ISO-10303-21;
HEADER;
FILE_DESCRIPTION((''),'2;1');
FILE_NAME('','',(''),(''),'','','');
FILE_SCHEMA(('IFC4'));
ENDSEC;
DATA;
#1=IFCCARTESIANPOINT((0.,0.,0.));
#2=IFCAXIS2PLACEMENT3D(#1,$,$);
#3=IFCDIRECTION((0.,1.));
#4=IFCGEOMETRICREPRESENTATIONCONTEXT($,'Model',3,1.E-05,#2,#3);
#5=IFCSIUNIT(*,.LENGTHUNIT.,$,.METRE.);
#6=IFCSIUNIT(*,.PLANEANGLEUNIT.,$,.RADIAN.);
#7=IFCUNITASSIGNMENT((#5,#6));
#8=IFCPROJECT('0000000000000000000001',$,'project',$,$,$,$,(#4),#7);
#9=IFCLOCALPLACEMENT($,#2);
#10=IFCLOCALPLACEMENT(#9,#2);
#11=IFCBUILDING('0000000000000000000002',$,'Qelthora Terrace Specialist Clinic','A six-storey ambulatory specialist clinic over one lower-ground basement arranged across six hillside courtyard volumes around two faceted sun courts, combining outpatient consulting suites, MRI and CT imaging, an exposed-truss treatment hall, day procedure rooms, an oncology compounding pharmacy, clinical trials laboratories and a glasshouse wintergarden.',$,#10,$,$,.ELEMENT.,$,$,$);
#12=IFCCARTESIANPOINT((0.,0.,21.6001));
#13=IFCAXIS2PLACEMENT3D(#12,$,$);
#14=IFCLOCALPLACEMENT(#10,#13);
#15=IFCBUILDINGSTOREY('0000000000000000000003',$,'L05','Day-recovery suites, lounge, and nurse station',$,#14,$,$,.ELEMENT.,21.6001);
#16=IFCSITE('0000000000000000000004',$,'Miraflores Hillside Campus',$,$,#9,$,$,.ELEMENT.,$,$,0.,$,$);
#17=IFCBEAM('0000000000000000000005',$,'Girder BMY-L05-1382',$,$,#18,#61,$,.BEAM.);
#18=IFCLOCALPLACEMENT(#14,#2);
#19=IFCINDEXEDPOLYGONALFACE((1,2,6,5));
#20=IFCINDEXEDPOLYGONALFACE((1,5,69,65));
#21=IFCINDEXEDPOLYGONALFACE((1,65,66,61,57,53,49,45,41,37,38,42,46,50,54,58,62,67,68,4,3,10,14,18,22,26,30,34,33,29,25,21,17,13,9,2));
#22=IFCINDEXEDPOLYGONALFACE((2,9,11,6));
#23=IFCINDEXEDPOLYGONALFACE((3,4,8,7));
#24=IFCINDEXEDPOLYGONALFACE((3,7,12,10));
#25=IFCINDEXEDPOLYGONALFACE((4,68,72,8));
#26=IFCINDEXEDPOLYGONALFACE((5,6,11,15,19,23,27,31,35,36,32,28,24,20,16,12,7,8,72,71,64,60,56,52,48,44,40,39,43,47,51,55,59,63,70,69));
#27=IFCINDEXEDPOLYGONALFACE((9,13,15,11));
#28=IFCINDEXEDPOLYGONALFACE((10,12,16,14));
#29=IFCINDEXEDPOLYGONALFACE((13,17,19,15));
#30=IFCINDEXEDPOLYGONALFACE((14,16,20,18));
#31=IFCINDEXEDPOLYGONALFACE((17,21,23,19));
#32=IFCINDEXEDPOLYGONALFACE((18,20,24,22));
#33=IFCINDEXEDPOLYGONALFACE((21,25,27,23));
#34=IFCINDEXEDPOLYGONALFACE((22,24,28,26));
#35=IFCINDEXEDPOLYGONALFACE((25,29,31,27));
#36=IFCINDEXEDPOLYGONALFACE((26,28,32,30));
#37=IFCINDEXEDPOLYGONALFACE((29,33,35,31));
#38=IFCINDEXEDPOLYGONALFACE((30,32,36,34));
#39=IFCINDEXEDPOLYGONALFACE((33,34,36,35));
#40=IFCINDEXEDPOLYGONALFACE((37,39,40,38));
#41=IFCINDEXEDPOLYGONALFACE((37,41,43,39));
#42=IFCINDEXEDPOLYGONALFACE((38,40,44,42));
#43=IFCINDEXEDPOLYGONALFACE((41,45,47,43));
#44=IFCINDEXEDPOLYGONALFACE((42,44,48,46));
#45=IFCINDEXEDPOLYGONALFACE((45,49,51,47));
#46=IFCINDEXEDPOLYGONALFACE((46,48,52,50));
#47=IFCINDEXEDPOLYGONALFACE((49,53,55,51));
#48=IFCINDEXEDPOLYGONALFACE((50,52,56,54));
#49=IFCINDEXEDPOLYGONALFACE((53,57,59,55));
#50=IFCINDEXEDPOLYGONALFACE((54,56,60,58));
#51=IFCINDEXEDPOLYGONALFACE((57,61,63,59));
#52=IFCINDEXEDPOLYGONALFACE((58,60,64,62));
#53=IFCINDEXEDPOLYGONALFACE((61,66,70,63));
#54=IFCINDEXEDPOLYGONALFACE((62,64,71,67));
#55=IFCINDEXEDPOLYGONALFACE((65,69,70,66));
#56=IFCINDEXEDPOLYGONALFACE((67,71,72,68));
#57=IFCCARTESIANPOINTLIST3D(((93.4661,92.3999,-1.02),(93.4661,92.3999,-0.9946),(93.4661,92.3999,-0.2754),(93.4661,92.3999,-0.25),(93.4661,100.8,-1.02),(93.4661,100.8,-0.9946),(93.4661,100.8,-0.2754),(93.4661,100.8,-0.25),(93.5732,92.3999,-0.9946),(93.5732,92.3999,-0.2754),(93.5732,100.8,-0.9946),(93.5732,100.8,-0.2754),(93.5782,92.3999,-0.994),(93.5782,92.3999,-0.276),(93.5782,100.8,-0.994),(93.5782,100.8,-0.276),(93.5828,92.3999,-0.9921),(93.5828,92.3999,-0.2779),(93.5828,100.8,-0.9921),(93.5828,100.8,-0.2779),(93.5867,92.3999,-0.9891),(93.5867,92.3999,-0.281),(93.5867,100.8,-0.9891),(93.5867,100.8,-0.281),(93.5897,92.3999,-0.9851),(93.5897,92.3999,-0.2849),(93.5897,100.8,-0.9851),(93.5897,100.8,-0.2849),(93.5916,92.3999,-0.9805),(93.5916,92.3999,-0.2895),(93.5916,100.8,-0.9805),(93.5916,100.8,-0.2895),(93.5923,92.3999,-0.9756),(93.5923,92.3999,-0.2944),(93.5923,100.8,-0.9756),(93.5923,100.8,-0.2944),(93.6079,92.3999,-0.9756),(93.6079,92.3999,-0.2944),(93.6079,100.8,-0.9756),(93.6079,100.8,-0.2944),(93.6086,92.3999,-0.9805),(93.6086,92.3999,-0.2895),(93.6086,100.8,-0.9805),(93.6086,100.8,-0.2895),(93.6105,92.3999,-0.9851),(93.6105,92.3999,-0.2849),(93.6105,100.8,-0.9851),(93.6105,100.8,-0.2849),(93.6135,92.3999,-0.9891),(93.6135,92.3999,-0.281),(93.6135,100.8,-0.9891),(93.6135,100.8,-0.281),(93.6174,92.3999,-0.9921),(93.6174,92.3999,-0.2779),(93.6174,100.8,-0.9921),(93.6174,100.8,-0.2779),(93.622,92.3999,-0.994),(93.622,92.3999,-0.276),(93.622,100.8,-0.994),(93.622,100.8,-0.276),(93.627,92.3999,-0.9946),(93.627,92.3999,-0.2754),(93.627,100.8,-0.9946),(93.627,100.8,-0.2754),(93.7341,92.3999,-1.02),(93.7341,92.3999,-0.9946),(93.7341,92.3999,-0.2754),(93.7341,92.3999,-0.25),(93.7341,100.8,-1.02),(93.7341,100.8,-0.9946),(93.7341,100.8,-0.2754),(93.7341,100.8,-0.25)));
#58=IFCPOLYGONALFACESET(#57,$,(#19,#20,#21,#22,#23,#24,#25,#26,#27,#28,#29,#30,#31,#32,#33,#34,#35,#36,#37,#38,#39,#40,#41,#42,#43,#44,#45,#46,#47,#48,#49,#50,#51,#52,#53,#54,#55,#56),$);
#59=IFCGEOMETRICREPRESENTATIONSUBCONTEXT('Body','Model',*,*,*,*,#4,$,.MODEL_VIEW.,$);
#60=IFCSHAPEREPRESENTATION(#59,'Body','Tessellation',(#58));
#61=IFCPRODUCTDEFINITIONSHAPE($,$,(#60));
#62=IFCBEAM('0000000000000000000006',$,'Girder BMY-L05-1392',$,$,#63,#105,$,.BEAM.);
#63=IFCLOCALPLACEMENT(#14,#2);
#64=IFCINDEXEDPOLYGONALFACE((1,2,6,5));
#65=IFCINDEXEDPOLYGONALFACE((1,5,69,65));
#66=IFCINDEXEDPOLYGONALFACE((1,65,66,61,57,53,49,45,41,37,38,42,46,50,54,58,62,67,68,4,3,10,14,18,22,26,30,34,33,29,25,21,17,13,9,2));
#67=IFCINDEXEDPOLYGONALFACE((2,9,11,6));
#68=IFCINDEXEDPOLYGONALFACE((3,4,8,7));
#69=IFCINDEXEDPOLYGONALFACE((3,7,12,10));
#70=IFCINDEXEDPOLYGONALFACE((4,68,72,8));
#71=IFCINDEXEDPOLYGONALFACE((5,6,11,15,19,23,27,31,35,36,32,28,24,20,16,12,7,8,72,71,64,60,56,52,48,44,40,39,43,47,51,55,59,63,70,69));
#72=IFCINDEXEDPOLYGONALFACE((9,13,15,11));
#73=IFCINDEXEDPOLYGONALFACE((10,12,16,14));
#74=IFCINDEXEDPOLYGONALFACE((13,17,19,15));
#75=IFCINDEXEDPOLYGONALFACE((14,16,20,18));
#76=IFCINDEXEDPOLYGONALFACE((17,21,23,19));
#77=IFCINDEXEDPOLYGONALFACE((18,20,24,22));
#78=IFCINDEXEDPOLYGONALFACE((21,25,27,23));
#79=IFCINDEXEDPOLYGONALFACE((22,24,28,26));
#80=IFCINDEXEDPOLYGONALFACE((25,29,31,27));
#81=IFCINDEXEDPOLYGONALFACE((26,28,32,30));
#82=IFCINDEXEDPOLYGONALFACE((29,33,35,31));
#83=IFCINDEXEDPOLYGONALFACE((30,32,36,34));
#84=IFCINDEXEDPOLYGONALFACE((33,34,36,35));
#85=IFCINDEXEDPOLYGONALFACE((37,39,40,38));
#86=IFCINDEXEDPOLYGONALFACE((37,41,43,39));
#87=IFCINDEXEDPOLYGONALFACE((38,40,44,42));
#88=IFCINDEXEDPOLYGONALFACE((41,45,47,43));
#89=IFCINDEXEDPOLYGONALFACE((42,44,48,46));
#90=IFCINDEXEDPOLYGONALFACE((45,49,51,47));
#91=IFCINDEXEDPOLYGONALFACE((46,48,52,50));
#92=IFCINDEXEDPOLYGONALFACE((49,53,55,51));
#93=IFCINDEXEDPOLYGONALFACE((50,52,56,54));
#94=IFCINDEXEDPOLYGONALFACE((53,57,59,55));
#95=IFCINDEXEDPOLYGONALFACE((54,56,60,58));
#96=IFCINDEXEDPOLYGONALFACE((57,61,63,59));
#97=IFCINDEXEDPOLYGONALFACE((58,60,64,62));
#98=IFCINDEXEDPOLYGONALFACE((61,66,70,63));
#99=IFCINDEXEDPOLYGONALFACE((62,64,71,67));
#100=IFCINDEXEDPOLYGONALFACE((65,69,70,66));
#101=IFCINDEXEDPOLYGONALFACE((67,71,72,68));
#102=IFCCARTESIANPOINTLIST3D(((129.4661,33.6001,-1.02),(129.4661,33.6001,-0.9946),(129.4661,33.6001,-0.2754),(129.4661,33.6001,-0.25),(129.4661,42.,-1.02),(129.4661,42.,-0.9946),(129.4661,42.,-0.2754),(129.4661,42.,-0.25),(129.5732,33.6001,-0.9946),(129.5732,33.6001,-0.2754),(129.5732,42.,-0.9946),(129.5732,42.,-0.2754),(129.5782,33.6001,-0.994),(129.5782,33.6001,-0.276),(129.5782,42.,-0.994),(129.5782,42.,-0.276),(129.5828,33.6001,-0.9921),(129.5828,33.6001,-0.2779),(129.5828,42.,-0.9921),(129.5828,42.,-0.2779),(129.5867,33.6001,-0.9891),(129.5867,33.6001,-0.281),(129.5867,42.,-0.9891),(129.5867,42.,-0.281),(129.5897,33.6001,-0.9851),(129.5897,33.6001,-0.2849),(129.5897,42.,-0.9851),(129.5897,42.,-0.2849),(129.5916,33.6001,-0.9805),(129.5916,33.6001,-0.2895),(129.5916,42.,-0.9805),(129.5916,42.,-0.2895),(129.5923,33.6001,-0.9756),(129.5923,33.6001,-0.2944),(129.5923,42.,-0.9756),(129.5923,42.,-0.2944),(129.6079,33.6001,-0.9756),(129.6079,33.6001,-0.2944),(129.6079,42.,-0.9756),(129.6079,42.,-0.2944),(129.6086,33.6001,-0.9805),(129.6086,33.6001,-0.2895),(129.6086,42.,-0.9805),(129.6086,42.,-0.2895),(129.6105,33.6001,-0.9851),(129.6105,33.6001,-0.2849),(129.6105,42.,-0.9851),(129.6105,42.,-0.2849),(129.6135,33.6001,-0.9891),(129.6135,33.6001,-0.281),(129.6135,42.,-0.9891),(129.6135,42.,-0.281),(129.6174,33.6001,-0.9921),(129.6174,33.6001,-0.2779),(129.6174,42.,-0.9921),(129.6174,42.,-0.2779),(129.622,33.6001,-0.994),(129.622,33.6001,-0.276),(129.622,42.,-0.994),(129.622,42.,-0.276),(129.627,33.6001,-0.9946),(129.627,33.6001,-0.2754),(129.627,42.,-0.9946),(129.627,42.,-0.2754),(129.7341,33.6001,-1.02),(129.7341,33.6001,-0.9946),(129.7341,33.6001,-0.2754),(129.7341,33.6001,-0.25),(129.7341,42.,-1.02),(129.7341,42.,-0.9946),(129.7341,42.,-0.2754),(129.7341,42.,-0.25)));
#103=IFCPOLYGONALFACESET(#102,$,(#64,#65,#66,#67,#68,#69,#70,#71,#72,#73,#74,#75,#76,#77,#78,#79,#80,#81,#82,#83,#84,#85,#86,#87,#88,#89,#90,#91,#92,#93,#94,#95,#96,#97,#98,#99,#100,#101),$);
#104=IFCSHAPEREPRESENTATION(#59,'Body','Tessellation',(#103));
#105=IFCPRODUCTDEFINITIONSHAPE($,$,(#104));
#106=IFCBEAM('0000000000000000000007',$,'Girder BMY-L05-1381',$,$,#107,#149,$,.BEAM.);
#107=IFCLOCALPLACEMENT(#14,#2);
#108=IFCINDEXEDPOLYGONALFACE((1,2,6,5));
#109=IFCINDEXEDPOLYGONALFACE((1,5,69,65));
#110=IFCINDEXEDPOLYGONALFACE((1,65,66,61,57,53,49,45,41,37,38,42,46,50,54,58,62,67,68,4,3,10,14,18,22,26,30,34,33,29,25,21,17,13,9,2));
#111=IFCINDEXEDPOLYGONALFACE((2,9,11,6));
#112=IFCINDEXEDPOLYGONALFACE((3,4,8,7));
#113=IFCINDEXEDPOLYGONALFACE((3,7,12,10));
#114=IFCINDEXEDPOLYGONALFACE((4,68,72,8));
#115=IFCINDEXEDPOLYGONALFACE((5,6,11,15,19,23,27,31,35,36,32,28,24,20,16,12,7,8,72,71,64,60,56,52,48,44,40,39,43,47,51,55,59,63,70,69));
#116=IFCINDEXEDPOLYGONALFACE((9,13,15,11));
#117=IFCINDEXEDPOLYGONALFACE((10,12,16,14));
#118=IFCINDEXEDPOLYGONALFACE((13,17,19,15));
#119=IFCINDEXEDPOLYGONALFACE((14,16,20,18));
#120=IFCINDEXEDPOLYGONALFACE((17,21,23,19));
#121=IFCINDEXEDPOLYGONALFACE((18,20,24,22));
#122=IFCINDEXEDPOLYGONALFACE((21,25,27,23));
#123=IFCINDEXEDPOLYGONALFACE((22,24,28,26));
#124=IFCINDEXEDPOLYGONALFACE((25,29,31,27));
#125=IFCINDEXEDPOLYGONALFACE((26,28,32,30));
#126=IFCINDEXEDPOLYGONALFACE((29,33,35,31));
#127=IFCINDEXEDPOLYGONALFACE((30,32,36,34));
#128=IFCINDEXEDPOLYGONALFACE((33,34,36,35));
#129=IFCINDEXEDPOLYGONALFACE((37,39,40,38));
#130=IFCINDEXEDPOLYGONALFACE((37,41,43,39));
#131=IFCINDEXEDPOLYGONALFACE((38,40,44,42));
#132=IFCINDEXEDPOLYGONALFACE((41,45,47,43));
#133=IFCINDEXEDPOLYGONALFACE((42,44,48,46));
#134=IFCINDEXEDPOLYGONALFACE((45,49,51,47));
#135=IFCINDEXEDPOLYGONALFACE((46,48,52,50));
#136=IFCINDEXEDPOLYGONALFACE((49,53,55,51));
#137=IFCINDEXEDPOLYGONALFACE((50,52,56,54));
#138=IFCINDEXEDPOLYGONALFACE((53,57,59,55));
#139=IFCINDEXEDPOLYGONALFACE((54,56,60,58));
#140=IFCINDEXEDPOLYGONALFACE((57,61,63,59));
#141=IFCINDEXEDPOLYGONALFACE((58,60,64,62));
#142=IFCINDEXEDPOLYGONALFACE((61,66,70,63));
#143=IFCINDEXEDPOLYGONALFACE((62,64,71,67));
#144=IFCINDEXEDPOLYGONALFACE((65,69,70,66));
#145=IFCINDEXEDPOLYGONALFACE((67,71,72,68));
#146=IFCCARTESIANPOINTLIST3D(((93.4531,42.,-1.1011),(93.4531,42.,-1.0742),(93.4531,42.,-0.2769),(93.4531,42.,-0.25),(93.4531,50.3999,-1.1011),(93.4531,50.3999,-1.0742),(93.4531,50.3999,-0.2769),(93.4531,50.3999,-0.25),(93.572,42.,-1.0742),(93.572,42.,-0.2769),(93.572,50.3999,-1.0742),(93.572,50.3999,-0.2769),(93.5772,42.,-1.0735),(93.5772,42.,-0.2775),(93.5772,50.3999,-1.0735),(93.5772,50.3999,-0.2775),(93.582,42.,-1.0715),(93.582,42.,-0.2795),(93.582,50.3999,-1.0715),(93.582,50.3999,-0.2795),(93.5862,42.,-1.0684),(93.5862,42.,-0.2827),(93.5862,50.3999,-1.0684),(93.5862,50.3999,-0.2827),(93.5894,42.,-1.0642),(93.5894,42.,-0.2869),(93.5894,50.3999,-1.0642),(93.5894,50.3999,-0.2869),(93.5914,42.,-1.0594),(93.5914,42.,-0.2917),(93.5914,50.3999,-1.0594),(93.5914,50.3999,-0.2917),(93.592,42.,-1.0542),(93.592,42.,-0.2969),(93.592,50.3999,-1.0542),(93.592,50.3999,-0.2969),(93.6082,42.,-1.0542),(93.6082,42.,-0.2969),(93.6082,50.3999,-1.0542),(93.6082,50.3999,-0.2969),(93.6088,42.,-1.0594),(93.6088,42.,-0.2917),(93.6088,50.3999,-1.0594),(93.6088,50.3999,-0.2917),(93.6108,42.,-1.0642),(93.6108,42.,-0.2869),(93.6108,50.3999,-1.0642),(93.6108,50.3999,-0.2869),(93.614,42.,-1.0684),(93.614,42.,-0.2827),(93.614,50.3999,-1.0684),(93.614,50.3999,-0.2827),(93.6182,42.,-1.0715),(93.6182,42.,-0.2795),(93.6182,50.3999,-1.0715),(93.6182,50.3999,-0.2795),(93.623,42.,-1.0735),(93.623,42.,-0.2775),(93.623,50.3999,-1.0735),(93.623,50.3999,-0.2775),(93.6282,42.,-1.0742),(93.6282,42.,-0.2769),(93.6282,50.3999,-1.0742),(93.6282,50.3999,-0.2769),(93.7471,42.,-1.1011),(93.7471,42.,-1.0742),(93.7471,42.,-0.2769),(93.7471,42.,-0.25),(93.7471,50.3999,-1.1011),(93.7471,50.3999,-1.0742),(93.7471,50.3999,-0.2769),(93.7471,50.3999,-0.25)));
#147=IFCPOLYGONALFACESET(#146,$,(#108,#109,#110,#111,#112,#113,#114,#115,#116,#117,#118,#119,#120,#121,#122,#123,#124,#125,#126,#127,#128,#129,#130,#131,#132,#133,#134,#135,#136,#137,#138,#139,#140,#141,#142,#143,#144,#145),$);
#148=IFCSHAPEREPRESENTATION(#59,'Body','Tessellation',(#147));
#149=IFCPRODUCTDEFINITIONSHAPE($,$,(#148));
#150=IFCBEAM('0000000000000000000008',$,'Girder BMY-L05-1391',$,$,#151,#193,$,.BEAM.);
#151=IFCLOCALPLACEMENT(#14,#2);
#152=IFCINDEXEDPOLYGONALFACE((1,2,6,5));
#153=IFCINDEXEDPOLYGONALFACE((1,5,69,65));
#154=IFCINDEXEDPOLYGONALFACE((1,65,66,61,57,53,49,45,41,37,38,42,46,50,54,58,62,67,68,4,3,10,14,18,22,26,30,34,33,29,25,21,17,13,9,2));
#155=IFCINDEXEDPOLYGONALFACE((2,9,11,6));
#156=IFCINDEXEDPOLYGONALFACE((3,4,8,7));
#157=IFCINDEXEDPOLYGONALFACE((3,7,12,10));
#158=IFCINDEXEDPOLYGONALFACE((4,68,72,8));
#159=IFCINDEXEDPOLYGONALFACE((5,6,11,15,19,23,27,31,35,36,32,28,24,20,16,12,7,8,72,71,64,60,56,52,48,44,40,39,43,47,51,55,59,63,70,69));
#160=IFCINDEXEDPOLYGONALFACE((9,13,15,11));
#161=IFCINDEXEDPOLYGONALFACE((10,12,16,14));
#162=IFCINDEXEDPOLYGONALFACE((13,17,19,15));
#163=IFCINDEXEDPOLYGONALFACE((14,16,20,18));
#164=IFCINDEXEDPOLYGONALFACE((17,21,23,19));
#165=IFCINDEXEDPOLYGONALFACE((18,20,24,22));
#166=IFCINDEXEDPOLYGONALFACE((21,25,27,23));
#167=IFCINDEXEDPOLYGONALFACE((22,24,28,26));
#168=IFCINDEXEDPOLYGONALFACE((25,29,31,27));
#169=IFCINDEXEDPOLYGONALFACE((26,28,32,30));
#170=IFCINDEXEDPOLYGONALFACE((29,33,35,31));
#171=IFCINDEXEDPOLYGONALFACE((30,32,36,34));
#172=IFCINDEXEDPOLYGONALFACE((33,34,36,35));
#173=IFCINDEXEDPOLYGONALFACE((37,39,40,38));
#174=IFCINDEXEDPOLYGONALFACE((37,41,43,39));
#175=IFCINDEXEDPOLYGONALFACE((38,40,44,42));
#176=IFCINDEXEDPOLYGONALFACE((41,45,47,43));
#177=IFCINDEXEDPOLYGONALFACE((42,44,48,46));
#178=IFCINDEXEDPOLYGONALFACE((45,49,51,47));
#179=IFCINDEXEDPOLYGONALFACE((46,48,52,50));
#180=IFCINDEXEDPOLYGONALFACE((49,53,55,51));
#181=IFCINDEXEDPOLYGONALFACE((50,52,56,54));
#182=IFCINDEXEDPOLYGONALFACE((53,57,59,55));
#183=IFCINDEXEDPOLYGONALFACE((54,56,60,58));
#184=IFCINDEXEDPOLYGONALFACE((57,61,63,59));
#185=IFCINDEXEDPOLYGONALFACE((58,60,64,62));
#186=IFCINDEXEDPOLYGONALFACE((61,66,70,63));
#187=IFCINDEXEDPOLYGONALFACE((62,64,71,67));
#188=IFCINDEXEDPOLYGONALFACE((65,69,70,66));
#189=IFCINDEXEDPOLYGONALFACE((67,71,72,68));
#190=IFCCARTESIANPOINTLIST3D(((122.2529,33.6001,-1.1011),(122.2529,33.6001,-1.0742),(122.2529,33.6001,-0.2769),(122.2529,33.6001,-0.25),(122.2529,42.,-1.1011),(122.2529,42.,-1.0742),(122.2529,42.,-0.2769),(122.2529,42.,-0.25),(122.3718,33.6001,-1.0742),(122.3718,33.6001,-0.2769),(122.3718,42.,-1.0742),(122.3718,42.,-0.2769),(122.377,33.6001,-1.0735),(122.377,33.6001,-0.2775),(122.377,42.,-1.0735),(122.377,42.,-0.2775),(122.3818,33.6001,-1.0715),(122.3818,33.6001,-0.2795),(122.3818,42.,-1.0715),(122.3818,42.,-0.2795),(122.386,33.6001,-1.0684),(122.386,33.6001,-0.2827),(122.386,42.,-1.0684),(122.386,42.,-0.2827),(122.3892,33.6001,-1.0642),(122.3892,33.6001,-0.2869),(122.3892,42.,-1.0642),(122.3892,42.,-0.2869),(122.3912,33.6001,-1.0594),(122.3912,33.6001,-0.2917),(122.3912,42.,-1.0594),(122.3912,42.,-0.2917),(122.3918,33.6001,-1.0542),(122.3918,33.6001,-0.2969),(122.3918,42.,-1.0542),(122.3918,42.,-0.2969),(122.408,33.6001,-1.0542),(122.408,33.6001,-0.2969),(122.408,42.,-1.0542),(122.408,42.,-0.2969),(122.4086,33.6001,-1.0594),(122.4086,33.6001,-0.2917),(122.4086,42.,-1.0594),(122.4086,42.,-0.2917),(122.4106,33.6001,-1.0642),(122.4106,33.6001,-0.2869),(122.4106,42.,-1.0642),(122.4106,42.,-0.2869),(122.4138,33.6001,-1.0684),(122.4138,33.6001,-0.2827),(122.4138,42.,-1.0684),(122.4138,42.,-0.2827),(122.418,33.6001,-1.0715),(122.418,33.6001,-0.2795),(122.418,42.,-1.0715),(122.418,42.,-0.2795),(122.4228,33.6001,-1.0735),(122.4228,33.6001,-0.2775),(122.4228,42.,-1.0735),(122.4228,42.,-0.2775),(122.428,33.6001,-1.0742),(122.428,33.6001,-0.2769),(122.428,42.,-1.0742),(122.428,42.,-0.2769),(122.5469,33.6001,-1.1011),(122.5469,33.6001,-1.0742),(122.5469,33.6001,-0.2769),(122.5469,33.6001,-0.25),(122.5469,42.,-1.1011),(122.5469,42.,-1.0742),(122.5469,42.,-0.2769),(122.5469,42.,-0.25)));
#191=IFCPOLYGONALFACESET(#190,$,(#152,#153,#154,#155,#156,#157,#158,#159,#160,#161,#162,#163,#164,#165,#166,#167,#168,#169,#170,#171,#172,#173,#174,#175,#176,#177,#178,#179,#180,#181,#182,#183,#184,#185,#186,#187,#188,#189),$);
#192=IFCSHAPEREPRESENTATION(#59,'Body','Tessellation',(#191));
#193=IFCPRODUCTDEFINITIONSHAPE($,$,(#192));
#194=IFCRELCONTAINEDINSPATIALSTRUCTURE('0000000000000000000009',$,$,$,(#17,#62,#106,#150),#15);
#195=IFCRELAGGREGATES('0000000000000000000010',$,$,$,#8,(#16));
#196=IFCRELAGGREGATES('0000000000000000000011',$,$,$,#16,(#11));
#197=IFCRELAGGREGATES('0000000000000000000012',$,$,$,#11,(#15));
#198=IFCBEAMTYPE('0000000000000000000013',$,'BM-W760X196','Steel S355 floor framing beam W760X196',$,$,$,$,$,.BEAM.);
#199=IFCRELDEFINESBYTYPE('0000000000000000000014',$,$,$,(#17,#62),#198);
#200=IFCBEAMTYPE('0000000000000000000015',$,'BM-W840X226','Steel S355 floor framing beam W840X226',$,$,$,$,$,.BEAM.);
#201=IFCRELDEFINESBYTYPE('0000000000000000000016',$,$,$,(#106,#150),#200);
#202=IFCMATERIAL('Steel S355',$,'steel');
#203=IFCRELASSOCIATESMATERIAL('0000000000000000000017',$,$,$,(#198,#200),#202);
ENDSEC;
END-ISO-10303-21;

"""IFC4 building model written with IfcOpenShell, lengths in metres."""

from ifc_helpers import new_model, si_unit, direction, frame, origin, origin_2d, place, context, subcontext, project, spatial, i_section, extrude, material, material_profile, profile_set, type_object, element, save


model = new_model("IFC4")

# Units and contexts
model_context = context("Model", 3, precision=1e-05, world=origin(), true_north=direction((0.0, 1.0)))
body_context = subcontext(model_context, "Body", "Model", "MODEL_VIEW")
ifc_project = project(units=[si_unit("LENGTHUNIT", "METRE"), si_unit("PLANEANGLEUNIT", "RADIAN")], contexts=[model_context])

# Site, building, storey
site_placement = place(None, origin())
site = spatial("IfcSite", under=ifc_project, at=site_placement, Name="Miraflores Hillside Campus", CompositionType="ELEMENT", RefElevation=0.0)
building_placement = place(site_placement, origin())
building = spatial("IfcBuilding", under=site, at=building_placement, Name="Qelthora Terrace Specialist Clinic", Description="A six-storey ambulatory specialist clinic over one lower-ground basement arranged across six hillside courtyard volumes around two faceted sun courts, combining outpatient consulting suites, MRI and CT imaging, an exposed-truss treatment hall, day procedure rooms, an oncology compounding pharmacy, clinical trials laboratories and a glasshouse wintergarden.", CompositionType="ELEMENT")
storey_placement = place(building_placement, frame((0.0, 0.0, 21.6001)))
storey = spatial("IfcBuildingStorey", under=building, at=storey_placement, Name="L05", Description="Day-recovery suites, lounge, and nurse station", CompositionType="ELEMENT", Elevation=21.6001)

# Beams
ifc_material = material(Name="Steel S355", Category="steel")
ifc_material_profile_1 = material_profile(ifc_material, i_section(OverallWidth=0.2681, OverallDepth=0.77, WebThickness=0.0156, FlangeThickness=0.0254, FilletRadius=0.019, at=origin_2d()), Name="W760X196")
ifc_profile_set_1 = profile_set([ifc_material_profile_1], Name="Steel S355")
beam_type_1 = type_object("IfcBeamType", Name="BM-W760X196", Description="Steel S355 floor framing beam W760X196", PredefinedType="BEAM", material=ifc_profile_set_1)
beam_1_placement = place(storey_placement, frame((93.6001, 92.3999, -0.635), z_axis=(0.0, 1.0, 0.0), x_axis=(-1.0, 0.0, 0.0)))
element("IfcBeam", 1, at=beam_1_placement, inside=storey, type_object=beam_type_1, Name="Girder BMY-L05-1382", PredefinedType="BEAM", context=body_context, shape_type="SweptSolid", body=[
    extrude(i_section(OverallWidth=0.2681, OverallDepth=0.77, WebThickness=0.0156, FlangeThickness=0.0254, FilletRadius=0.019, at=origin_2d()), origin(), (0.0, 0.0, 1.0), 8.4001),
])
beam_2_placement = place(storey_placement, frame((129.6001, 33.6001, -0.635), z_axis=(0.0, 1.0, 0.0), x_axis=(-1.0, 0.0, 0.0)))
element("IfcBeam", 2, at=beam_2_placement, inside=storey, type_object=beam_type_1, Name="Girder BMY-L05-1392", PredefinedType="BEAM", context=body_context, shape_type="SweptSolid", body=[
    extrude(i_section(OverallWidth=0.2681, OverallDepth=0.77, WebThickness=0.0156, FlangeThickness=0.0254, FilletRadius=0.019, at=origin_2d()), origin(), (0.0, 0.0, 1.0), 8.3999),
])
ifc_material_profile_2 = material_profile(ifc_material, i_section(OverallWidth=0.2939, OverallDepth=0.8511, WebThickness=0.0161, FlangeThickness=0.0269, FilletRadius=0.02, at=origin_2d()), Name="W840X226")
ifc_profile_set_2 = profile_set([ifc_material_profile_2], Name="Steel S355")
beam_type_2 = type_object("IfcBeamType", Name="BM-W840X226", Description="Steel S355 floor framing beam W840X226", PredefinedType="BEAM", material=ifc_profile_set_2)
for number, where, z_axis, x_axis, name in (
    (3, (93.6001, 42.0, -0.6755), (0.0, 1.0, 0.0), (-1.0, 0.0, 0.0), "Girder BMY-L05-1381"),
    (4, (122.3999, 33.6001, -0.6755), (0.0, 1.0, 0.0), (-1.0, 0.0, 0.0), "Girder BMY-L05-1391"),
):
    element("IfcBeam", number, at=place(storey_placement, frame(where, z_axis=z_axis, x_axis=x_axis)), inside=storey, type_object=beam_type_2, Name=name, PredefinedType="BEAM", context=body_context, shape_type="SweptSolid", body=[
        extrude(i_section(OverallWidth=0.2939, OverallDepth=0.8511, WebThickness=0.0161, FlangeThickness=0.0269, FilletRadius=0.02, at=origin_2d()), origin(), (0.0, 0.0, 1.0), 8.3999),
    ])

save(model, "model.ifc")
